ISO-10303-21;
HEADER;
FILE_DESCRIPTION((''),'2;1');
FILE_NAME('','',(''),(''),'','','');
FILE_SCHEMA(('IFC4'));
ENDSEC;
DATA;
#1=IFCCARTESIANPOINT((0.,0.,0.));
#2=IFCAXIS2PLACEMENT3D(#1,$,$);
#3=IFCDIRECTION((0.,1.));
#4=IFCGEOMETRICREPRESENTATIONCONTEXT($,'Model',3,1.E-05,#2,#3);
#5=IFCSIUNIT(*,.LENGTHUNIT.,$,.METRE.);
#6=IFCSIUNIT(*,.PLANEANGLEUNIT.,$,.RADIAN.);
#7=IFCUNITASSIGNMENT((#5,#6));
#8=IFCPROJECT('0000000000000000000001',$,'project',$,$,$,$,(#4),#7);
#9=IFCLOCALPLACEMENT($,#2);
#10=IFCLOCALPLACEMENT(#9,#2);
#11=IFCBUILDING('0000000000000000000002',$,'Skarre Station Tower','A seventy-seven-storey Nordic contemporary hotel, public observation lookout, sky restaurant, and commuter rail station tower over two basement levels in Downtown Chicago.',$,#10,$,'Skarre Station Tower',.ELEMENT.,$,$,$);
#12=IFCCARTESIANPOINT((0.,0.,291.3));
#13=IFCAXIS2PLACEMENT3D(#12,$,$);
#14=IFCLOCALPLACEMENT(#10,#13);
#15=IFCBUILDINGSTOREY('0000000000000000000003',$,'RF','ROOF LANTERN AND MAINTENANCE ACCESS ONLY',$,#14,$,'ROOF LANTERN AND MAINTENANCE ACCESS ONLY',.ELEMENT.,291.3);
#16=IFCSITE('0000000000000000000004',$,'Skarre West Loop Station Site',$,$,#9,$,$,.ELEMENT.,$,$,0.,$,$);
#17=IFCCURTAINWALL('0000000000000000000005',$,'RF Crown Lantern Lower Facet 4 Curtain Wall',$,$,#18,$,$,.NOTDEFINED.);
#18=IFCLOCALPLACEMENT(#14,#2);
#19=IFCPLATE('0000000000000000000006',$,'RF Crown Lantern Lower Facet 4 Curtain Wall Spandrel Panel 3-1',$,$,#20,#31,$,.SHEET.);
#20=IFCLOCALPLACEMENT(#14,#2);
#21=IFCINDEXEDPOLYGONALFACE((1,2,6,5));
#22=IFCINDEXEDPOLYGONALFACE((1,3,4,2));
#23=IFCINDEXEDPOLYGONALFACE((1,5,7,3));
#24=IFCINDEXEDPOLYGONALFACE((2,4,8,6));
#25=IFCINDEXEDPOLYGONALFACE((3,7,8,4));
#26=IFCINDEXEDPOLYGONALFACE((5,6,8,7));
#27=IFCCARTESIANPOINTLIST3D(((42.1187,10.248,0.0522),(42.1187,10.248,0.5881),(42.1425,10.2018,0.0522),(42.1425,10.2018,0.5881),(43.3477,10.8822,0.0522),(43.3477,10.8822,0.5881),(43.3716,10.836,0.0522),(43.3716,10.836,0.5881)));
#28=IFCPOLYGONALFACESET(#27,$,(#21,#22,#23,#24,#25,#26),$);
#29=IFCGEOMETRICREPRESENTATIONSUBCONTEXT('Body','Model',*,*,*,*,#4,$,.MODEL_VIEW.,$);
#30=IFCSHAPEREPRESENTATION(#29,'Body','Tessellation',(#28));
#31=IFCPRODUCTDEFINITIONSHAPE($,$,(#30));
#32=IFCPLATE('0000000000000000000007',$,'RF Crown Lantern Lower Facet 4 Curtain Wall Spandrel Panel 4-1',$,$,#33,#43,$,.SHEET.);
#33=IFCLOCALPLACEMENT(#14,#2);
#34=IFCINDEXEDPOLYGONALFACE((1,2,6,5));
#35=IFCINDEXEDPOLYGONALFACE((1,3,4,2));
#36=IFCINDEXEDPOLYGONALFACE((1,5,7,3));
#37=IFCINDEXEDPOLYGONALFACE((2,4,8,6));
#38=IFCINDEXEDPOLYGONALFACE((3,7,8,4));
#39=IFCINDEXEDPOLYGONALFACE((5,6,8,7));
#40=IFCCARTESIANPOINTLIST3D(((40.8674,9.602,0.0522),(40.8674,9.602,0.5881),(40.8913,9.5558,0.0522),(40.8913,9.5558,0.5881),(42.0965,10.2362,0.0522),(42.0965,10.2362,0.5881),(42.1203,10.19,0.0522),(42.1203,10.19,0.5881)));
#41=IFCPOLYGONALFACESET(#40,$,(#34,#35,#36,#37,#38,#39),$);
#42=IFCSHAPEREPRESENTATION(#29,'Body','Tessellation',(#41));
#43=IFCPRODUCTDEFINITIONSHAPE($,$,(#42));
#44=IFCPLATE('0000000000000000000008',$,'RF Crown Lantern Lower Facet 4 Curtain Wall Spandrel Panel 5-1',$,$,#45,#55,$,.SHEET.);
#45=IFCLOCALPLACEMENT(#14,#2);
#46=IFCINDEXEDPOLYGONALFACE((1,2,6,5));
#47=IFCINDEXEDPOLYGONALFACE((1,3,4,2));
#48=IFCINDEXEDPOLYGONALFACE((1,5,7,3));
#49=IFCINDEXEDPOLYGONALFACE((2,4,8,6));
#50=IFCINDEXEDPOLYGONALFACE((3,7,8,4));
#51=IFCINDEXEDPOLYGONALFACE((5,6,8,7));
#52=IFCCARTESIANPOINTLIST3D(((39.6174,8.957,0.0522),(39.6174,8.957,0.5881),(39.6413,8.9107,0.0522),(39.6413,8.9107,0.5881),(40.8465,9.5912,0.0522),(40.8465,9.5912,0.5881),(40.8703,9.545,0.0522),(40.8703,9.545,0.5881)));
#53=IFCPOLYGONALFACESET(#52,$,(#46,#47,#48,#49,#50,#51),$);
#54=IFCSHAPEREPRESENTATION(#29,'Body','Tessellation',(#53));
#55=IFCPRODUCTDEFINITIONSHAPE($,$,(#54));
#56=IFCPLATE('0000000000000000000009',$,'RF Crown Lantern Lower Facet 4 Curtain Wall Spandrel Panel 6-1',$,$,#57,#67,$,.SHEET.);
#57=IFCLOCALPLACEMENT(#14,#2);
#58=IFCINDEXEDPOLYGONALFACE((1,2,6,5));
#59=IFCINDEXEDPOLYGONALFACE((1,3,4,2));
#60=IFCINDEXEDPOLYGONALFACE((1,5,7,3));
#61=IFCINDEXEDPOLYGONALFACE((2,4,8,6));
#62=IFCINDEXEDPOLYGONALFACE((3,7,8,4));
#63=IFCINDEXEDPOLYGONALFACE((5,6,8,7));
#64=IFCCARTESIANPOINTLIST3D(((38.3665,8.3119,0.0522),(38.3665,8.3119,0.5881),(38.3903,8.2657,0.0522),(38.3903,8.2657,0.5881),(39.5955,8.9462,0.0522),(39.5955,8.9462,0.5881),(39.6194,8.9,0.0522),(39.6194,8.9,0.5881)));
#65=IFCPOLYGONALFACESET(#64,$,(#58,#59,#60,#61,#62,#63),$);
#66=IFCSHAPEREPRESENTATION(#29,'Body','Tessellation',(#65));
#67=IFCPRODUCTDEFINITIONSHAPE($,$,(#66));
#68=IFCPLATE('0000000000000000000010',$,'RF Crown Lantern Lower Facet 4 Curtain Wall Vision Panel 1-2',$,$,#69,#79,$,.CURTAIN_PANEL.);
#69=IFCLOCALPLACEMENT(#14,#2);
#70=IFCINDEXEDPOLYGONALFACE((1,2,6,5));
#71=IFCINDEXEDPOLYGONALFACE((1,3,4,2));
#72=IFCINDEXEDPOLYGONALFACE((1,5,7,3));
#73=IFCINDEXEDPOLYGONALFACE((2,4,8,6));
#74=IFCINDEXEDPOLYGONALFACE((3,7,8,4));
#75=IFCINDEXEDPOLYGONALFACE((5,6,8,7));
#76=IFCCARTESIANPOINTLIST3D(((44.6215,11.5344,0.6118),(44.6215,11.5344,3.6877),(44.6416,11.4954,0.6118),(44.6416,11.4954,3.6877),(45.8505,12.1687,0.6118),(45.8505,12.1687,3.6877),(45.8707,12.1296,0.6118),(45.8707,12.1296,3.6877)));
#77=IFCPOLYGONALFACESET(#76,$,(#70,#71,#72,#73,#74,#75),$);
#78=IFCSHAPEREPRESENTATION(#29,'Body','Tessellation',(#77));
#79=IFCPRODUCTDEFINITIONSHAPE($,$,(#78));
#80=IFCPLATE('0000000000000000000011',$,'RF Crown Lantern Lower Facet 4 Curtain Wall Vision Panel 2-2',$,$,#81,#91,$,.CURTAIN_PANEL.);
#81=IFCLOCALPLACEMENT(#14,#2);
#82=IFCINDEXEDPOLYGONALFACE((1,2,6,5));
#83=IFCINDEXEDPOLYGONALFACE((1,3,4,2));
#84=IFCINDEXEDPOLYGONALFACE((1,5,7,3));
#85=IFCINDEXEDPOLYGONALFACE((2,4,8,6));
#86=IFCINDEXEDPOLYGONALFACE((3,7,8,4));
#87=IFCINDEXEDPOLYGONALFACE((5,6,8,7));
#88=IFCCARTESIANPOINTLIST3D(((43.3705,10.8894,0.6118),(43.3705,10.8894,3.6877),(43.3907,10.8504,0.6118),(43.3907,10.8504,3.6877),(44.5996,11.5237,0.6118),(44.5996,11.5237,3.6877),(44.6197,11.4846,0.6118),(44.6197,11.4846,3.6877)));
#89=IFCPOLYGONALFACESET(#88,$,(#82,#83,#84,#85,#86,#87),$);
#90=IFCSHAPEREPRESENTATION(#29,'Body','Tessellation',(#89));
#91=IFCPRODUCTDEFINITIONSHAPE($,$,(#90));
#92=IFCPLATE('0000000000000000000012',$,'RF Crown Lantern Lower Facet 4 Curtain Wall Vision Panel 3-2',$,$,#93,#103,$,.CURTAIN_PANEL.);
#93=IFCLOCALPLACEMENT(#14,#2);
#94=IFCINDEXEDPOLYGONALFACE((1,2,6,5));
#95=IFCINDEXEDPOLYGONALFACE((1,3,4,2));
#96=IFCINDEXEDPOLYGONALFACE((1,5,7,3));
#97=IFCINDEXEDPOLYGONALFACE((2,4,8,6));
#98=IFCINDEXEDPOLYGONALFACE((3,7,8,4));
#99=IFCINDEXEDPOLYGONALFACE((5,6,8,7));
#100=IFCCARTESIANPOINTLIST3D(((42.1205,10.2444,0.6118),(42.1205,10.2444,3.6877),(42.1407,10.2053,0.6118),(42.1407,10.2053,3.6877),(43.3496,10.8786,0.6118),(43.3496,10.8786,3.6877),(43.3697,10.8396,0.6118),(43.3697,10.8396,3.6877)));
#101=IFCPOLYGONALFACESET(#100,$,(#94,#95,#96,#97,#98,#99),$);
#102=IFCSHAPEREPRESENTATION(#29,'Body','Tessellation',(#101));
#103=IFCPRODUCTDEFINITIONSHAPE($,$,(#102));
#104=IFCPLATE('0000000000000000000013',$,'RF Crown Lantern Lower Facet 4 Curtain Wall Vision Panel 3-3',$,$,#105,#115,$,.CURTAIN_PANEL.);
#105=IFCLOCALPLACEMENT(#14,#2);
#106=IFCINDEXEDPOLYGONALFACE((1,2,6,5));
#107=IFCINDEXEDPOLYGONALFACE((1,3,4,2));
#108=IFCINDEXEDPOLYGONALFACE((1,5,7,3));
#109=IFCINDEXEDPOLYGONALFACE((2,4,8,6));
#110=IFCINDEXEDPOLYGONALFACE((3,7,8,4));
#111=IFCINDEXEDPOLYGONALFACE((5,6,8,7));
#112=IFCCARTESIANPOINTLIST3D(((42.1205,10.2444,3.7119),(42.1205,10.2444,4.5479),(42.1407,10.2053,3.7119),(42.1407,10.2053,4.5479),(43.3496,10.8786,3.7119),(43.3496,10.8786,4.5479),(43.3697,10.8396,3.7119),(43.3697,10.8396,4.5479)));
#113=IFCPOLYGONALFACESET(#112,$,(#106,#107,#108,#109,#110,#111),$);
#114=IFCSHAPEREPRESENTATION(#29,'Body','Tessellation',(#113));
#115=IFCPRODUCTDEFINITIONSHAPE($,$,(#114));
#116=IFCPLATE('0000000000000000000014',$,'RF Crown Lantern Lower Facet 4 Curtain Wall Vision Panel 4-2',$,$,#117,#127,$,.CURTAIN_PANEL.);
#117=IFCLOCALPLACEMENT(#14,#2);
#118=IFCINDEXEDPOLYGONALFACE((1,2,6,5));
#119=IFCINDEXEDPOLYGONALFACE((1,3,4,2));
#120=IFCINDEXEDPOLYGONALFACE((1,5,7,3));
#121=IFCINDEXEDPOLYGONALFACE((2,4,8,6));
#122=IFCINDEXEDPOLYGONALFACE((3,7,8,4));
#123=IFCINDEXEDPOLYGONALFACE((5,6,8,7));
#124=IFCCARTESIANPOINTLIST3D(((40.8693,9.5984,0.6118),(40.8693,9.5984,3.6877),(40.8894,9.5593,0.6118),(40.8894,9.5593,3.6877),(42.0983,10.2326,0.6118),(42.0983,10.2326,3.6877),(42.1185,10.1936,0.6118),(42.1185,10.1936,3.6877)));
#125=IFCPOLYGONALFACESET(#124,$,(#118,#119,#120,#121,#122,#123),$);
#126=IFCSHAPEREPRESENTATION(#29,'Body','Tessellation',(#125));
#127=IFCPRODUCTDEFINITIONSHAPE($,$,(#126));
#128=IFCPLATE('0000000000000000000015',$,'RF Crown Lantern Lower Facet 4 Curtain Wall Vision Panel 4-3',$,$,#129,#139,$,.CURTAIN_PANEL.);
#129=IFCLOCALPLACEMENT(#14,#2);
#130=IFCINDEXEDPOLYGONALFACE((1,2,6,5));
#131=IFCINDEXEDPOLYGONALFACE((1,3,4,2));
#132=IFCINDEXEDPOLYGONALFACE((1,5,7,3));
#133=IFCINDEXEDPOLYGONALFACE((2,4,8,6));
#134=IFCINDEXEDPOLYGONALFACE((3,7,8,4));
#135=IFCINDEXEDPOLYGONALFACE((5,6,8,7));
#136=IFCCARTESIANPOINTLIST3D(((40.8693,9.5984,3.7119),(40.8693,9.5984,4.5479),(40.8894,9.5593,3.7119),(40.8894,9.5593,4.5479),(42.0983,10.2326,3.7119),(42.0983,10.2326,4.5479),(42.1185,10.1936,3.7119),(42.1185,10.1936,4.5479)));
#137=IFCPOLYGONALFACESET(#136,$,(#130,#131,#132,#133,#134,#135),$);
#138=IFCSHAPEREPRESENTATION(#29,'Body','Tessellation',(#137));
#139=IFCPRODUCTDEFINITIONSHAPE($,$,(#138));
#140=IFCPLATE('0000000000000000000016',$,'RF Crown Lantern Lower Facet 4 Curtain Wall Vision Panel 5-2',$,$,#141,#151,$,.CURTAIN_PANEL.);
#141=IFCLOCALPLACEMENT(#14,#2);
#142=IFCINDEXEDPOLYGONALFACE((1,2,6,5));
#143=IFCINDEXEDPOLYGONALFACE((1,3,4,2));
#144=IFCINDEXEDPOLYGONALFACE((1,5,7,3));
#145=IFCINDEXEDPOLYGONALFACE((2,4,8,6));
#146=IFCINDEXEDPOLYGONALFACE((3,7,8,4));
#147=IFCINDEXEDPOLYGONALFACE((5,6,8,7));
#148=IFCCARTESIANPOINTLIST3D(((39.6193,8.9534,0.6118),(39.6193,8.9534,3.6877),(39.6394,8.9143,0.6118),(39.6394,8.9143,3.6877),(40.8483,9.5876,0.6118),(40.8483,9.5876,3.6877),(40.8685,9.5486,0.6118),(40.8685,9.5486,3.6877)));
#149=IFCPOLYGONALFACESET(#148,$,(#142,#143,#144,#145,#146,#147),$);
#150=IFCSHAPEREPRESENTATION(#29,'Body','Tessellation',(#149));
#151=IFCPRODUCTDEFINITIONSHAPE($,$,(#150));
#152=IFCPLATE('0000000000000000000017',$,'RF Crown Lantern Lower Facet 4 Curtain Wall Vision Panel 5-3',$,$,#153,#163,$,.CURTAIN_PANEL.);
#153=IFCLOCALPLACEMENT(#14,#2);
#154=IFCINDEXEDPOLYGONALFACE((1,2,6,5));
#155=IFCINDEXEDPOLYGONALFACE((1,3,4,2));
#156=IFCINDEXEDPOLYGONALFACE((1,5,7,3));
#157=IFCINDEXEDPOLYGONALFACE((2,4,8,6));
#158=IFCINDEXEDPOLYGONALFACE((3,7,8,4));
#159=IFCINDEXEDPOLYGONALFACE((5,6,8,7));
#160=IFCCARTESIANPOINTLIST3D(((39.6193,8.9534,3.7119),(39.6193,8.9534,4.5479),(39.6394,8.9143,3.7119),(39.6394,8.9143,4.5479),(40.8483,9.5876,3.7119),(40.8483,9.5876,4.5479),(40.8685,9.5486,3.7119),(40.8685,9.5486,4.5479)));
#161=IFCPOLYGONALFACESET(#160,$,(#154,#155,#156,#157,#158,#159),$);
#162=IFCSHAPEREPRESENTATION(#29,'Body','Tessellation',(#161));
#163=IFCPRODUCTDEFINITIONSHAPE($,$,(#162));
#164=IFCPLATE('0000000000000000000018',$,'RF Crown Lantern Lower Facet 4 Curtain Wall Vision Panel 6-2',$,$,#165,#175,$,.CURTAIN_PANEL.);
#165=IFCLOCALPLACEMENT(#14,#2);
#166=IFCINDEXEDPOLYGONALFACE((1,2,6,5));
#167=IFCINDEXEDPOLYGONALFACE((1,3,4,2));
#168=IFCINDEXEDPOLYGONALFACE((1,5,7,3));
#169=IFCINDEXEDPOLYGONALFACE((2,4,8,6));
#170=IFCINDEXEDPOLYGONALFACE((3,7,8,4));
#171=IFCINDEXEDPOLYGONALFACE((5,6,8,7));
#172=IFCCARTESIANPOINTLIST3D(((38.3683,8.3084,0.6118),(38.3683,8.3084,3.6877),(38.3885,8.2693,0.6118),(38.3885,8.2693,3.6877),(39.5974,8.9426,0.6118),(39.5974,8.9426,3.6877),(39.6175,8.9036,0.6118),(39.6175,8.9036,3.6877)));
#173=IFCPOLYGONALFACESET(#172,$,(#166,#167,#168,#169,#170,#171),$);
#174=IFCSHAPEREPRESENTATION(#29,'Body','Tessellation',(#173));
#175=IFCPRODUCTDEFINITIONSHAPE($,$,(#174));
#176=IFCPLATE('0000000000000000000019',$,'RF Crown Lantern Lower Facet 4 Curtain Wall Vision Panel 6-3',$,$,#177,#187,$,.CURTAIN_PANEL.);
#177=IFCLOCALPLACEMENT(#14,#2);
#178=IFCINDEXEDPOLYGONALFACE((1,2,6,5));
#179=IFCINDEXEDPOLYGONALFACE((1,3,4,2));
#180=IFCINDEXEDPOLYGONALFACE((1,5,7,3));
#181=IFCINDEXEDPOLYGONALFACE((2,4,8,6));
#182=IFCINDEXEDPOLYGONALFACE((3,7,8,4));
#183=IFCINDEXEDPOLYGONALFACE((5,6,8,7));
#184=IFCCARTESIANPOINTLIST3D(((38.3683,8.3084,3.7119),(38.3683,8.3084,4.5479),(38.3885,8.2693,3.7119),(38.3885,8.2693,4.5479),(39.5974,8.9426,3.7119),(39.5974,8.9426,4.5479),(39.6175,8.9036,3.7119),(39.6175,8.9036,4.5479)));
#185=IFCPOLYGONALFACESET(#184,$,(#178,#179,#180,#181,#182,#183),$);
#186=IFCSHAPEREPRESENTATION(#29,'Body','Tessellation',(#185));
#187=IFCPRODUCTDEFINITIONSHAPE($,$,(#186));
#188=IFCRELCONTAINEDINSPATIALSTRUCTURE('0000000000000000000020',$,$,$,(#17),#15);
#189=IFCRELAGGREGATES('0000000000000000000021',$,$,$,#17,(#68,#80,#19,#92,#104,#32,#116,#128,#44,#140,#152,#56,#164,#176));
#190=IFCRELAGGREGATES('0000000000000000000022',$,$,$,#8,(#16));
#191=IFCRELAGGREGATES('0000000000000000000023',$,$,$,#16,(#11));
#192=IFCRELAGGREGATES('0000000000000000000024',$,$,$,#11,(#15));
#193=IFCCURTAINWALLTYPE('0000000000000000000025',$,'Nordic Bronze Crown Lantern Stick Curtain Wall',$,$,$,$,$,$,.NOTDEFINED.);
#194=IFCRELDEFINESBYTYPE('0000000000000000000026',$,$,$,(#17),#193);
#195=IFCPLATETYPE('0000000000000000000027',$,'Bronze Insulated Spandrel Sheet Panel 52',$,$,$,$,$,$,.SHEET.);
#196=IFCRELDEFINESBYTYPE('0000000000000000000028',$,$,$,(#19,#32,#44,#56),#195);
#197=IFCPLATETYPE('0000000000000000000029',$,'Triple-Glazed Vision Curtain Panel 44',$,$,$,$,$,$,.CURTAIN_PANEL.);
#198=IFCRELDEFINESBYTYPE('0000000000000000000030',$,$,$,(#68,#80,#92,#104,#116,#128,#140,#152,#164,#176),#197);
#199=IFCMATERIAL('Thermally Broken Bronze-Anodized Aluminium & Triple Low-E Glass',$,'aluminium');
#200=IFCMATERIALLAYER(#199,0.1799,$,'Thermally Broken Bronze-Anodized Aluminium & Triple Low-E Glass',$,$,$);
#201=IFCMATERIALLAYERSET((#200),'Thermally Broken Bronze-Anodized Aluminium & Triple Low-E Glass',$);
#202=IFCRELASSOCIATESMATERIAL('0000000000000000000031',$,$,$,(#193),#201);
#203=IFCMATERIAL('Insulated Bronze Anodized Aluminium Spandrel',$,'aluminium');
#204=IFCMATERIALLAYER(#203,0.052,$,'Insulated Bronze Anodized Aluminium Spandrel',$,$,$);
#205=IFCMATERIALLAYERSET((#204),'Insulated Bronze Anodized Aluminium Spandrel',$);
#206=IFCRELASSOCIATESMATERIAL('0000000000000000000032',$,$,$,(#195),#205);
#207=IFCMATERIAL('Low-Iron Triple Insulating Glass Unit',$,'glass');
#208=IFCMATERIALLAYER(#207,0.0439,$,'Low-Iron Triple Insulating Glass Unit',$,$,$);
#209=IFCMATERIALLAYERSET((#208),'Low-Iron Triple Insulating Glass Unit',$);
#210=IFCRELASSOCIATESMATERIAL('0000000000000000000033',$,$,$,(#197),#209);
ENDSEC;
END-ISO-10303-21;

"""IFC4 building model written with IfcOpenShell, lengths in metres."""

from ifc_helpers import new_model, si_unit, direction, frame, origin, origin_2d, place, context, subcontext, project, spatial, rectangle, extrude, material, layer, layer_set, type_object, element, aggregate, save


model = new_model("IFC4")

# Units and contexts
model_context = context("Model", 3, precision=1e-05, world=origin(), true_north=direction((0.0, 1.0)))
body_context = subcontext(model_context, "Body", "Model", "MODEL_VIEW")
ifc_project = project(units=[si_unit("LENGTHUNIT", "METRE"), si_unit("PLANEANGLEUNIT", "RADIAN")], contexts=[model_context])

# Site, building, storey
site_placement = place(None, origin())
site = spatial("IfcSite", under=ifc_project, at=site_placement, Name="Skarre West Loop Station Site", CompositionType="ELEMENT", RefElevation=0.0)
building_placement = place(site_placement, origin())
building = spatial("IfcBuilding", under=site, at=building_placement, Name="Skarre Station Tower", Description="A seventy-seven-storey Nordic contemporary hotel, public observation lookout, sky restaurant, and commuter rail station tower over two basement levels in Downtown Chicago.", LongName="Skarre Station Tower", CompositionType="ELEMENT")
storey_placement = place(building_placement, frame((0.0, 0.0, 291.3)))
storey = spatial("IfcBuildingStorey", under=building, at=storey_placement, Name="RF", Description="ROOF LANTERN AND MAINTENANCE ACCESS ONLY", LongName="ROOF LANTERN AND MAINTENANCE ACCESS ONLY", CompositionType="ELEMENT", Elevation=291.3)

# Curtain wall
ifc_material_1 = material(Name="Thermally Broken Bronze-Anodized Aluminium & Triple Low-E Glass", Category="aluminium")
ifc_layer_1 = layer(ifc_material_1, 0.1799, Name="Thermally Broken Bronze-Anodized Aluminium & Triple Low-E Glass")
ifc_layer_set_1 = layer_set([ifc_layer_1], Name="Thermally Broken Bronze-Anodized Aluminium & Triple Low-E Glass")
curtain_wall_type = type_object("IfcCurtainWallType", Name="Nordic Bronze Crown Lantern Stick Curtain Wall", PredefinedType="NOTDEFINED", material=ifc_layer_set_1)
curtain_wall_placement = place(storey_placement, origin())
curtain_wall = element("IfcCurtainWall", 1, at=curtain_wall_placement, inside=storey, type_object=curtain_wall_type, Name="RF Crown Lantern Lower Facet 4 Curtain Wall", PredefinedType="NOTDEFINED")

# Plates
ifc_material_2 = material(Name="Insulated Bronze Anodized Aluminium Spandrel", Category="aluminium")
ifc_layer_2 = layer(ifc_material_2, 0.052, Name="Insulated Bronze Anodized Aluminium Spandrel")
ifc_layer_set_2 = layer_set([ifc_layer_2], Name="Insulated Bronze Anodized Aluminium Spandrel")
plate_type_1 = type_object("IfcPlateType", Name="Bronze Insulated Spandrel Sheet Panel 52", PredefinedType="SHEET", material=ifc_layer_set_2)
plate_1_placement = place(storey_placement, frame((42.7451, 10.542, 0.0522), z_axis=(0.0, 0.0, 1.0), x_axis=(-0.888649, -0.458588, 0.0)))
plate_1 = element("IfcPlate", 2, at=plate_1_placement, type_object=plate_type_1, Name="RF Crown Lantern Lower Facet 4 Curtain Wall Spandrel Panel 3-1", PredefinedType="SHEET", context=body_context, shape_type="SweptSolid", body=[
    extrude(rectangle(XDim=1.3831, YDim=0.052, at=origin_2d()), origin(), (0.0, 0.0, 1.0), 0.5359),
])
plate_2_placement = place(storey_placement, frame((41.4939, 9.896, 0.0522), z_axis=(0.0, 0.0, 1.0), x_axis=(-0.888649, -0.458588, 0.0)))
plate_2 = element("IfcPlate", 3, at=plate_2_placement, type_object=plate_type_1, Name="RF Crown Lantern Lower Facet 4 Curtain Wall Spandrel Panel 4-1", PredefinedType="SHEET", context=body_context, shape_type="SweptSolid", body=[
    extrude(rectangle(XDim=1.3831, YDim=0.052, at=origin_2d()), origin(), (0.0, 0.0, 1.0), 0.5359),
])
plate_3_placement = place(storey_placement, frame((40.2439, 9.251, 0.0522), z_axis=(0.0, 0.0, 1.0), x_axis=(-0.888649, -0.458588, 0.0)))
plate_3 = element("IfcPlate", 4, at=plate_3_placement, type_object=plate_type_1, Name="RF Crown Lantern Lower Facet 4 Curtain Wall Spandrel Panel 5-1", PredefinedType="SHEET", context=body_context, shape_type="SweptSolid", body=[
    extrude(rectangle(XDim=1.3831, YDim=0.052, at=origin_2d()), origin(), (0.0, 0.0, 1.0), 0.5359),
])
plate_4_placement = place(storey_placement, frame((38.9929, 8.606, 0.0522), z_axis=(0.0, 0.0, 1.0), x_axis=(-0.888649, -0.458588, 0.0)))
plate_4 = element("IfcPlate", 5, at=plate_4_placement, type_object=plate_type_1, Name="RF Crown Lantern Lower Facet 4 Curtain Wall Spandrel Panel 6-1", PredefinedType="SHEET", context=body_context, shape_type="SweptSolid", body=[
    extrude(rectangle(XDim=1.3831, YDim=0.052, at=origin_2d()), origin(), (0.0, 0.0, 1.0), 0.5359),
])
ifc_material_3 = material(Name="Low-Iron Triple Insulating Glass Unit", Category="glass")
ifc_layer_3 = layer(ifc_material_3, 0.0439, Name="Low-Iron Triple Insulating Glass Unit")
ifc_layer_set_3 = layer_set([ifc_layer_3], Name="Low-Iron Triple Insulating Glass Unit")
plate_type_2 = type_object("IfcPlateType", Name="Triple-Glazed Vision Curtain Panel 44", PredefinedType="CURTAIN_PANEL", material=ifc_layer_set_3)
plate_5_placement = place(storey_placement, frame((45.2461, 11.832, 0.6118), z_axis=(0.0, 0.0, 1.0), x_axis=(-0.888649, -0.458588, 0.0)))
plate_5 = element("IfcPlate", 6, at=plate_5_placement, type_object=plate_type_2, Name="RF Crown Lantern Lower Facet 4 Curtain Wall Vision Panel 1-2", PredefinedType="CURTAIN_PANEL", context=body_context, shape_type="SweptSolid", body=[
    extrude(rectangle(XDim=1.3831, YDim=0.0439, at=origin_2d()), origin(), (0.0, 0.0, 1.0), 3.0759),
])
plate_6_placement = place(storey_placement, frame((43.9951, 11.187, 0.6118), z_axis=(0.0, 0.0, 1.0), x_axis=(-0.888649, -0.458588, 0.0)))
plate_6 = element("IfcPlate", 7, at=plate_6_placement, type_object=plate_type_2, Name="RF Crown Lantern Lower Facet 4 Curtain Wall Vision Panel 2-2", PredefinedType="CURTAIN_PANEL", context=body_context, shape_type="SweptSolid", body=[
    extrude(rectangle(XDim=1.3831, YDim=0.0439, at=origin_2d()), origin(), (0.0, 0.0, 1.0), 3.0759),
])
plate_7_placement = place(storey_placement, frame((42.7451, 10.542, 0.6118), z_axis=(0.0, 0.0, 1.0), x_axis=(-0.888649, -0.458588, 0.0)))
plate_7 = element("IfcPlate", 8, at=plate_7_placement, type_object=plate_type_2, Name="RF Crown Lantern Lower Facet 4 Curtain Wall Vision Panel 3-2", PredefinedType="CURTAIN_PANEL", context=body_context, shape_type="SweptSolid", body=[
    extrude(rectangle(XDim=1.3831, YDim=0.0439, at=origin_2d()), origin(), (0.0, 0.0, 1.0), 3.0759),
])
plate_8_placement = place(storey_placement, frame((42.7451, 10.542, 3.7119), z_axis=(0.0, 0.0, 1.0), x_axis=(-0.888649, -0.458588, 0.0)))
plate_8 = element("IfcPlate", 9, at=plate_8_placement, type_object=plate_type_2, Name="RF Crown Lantern Lower Facet 4 Curtain Wall Vision Panel 3-3", PredefinedType="CURTAIN_PANEL", context=body_context, shape_type="SweptSolid", body=[
    extrude(rectangle(XDim=1.3831, YDim=0.0439, at=origin_2d()), origin(), (0.0, 0.0, 1.0), 0.8359),
])
plate_9_placement = place(storey_placement, frame((41.4939, 9.896, 0.6118), z_axis=(0.0, 0.0, 1.0), x_axis=(-0.888649, -0.458588, 0.0)))
plate_9 = element("IfcPlate", 10, at=plate_9_placement, type_object=plate_type_2, Name="RF Crown Lantern Lower Facet 4 Curtain Wall Vision Panel 4-2", PredefinedType="CURTAIN_PANEL", context=body_context, shape_type="SweptSolid", body=[
    extrude(rectangle(XDim=1.3831, YDim=0.0439, at=origin_2d()), origin(), (0.0, 0.0, 1.0), 3.0759),
])
plate_10_placement = place(storey_placement, frame((41.4939, 9.896, 3.7119), z_axis=(0.0, 0.0, 1.0), x_axis=(-0.888649, -0.458588, 0.0)))
plate_10 = element("IfcPlate", 11, at=plate_10_placement, type_object=plate_type_2, Name="RF Crown Lantern Lower Facet 4 Curtain Wall Vision Panel 4-3", PredefinedType="CURTAIN_PANEL", context=body_context, shape_type="SweptSolid", body=[
    extrude(rectangle(XDim=1.3831, YDim=0.0439, at=origin_2d()), origin(), (0.0, 0.0, 1.0), 0.8359),
])
plate_11_placement = place(storey_placement, frame((40.2439, 9.251, 0.6118), z_axis=(0.0, 0.0, 1.0), x_axis=(-0.888649, -0.458588, 0.0)))
plate_11 = element("IfcPlate", 12, at=plate_11_placement, type_object=plate_type_2, Name="RF Crown Lantern Lower Facet 4 Curtain Wall Vision Panel 5-2", PredefinedType="CURTAIN_PANEL", context=body_context, shape_type="SweptSolid", body=[
    extrude(rectangle(XDim=1.3831, YDim=0.0439, at=origin_2d()), origin(), (0.0, 0.0, 1.0), 3.0759),
])
plate_12_placement = place(storey_placement, frame((40.2439, 9.251, 3.7119), z_axis=(0.0, 0.0, 1.0), x_axis=(-0.888649, -0.458588, 0.0)))
plate_12 = element("IfcPlate", 13, at=plate_12_placement, type_object=plate_type_2, Name="RF Crown Lantern Lower Facet 4 Curtain Wall Vision Panel 5-3", PredefinedType="CURTAIN_PANEL", context=body_context, shape_type="SweptSolid", body=[
    extrude(rectangle(XDim=1.3831, YDim=0.0439, at=origin_2d()), origin(), (0.0, 0.0, 1.0), 0.8359),
])
plate_13_placement = place(storey_placement, frame((38.9929, 8.606, 0.6118), z_axis=(0.0, 0.0, 1.0), x_axis=(-0.888649, -0.458588, 0.0)))
plate_13 = element("IfcPlate", 14, at=plate_13_placement, type_object=plate_type_2, Name="RF Crown Lantern Lower Facet 4 Curtain Wall Vision Panel 6-2", PredefinedType="CURTAIN_PANEL", context=body_context, shape_type="SweptSolid", body=[
    extrude(rectangle(XDim=1.3831, YDim=0.0439, at=origin_2d()), origin(), (0.0, 0.0, 1.0), 3.0759),
])
plate_14_placement = place(storey_placement, frame((38.9929, 8.606, 3.7119), z_axis=(0.0, 0.0, 1.0), x_axis=(-0.888649, -0.458588, 0.0)))
plate_14 = element("IfcPlate", 15, at=plate_14_placement, type_object=plate_type_2, Name="RF Crown Lantern Lower Facet 4 Curtain Wall Vision Panel 6-3", PredefinedType="CURTAIN_PANEL", context=body_context, shape_type="SweptSolid", body=[
    extrude(rectangle(XDim=1.3831, YDim=0.0439, at=origin_2d()), origin(), (0.0, 0.0, 1.0), 0.8359),
])
aggregate(curtain_wall, [plate_5, plate_6, plate_1, plate_7, plate_8, plate_2, plate_9, plate_10, plate_3, plate_11, plate_12, plate_4, plate_13, plate_14])

save(model, "model.ifc")
